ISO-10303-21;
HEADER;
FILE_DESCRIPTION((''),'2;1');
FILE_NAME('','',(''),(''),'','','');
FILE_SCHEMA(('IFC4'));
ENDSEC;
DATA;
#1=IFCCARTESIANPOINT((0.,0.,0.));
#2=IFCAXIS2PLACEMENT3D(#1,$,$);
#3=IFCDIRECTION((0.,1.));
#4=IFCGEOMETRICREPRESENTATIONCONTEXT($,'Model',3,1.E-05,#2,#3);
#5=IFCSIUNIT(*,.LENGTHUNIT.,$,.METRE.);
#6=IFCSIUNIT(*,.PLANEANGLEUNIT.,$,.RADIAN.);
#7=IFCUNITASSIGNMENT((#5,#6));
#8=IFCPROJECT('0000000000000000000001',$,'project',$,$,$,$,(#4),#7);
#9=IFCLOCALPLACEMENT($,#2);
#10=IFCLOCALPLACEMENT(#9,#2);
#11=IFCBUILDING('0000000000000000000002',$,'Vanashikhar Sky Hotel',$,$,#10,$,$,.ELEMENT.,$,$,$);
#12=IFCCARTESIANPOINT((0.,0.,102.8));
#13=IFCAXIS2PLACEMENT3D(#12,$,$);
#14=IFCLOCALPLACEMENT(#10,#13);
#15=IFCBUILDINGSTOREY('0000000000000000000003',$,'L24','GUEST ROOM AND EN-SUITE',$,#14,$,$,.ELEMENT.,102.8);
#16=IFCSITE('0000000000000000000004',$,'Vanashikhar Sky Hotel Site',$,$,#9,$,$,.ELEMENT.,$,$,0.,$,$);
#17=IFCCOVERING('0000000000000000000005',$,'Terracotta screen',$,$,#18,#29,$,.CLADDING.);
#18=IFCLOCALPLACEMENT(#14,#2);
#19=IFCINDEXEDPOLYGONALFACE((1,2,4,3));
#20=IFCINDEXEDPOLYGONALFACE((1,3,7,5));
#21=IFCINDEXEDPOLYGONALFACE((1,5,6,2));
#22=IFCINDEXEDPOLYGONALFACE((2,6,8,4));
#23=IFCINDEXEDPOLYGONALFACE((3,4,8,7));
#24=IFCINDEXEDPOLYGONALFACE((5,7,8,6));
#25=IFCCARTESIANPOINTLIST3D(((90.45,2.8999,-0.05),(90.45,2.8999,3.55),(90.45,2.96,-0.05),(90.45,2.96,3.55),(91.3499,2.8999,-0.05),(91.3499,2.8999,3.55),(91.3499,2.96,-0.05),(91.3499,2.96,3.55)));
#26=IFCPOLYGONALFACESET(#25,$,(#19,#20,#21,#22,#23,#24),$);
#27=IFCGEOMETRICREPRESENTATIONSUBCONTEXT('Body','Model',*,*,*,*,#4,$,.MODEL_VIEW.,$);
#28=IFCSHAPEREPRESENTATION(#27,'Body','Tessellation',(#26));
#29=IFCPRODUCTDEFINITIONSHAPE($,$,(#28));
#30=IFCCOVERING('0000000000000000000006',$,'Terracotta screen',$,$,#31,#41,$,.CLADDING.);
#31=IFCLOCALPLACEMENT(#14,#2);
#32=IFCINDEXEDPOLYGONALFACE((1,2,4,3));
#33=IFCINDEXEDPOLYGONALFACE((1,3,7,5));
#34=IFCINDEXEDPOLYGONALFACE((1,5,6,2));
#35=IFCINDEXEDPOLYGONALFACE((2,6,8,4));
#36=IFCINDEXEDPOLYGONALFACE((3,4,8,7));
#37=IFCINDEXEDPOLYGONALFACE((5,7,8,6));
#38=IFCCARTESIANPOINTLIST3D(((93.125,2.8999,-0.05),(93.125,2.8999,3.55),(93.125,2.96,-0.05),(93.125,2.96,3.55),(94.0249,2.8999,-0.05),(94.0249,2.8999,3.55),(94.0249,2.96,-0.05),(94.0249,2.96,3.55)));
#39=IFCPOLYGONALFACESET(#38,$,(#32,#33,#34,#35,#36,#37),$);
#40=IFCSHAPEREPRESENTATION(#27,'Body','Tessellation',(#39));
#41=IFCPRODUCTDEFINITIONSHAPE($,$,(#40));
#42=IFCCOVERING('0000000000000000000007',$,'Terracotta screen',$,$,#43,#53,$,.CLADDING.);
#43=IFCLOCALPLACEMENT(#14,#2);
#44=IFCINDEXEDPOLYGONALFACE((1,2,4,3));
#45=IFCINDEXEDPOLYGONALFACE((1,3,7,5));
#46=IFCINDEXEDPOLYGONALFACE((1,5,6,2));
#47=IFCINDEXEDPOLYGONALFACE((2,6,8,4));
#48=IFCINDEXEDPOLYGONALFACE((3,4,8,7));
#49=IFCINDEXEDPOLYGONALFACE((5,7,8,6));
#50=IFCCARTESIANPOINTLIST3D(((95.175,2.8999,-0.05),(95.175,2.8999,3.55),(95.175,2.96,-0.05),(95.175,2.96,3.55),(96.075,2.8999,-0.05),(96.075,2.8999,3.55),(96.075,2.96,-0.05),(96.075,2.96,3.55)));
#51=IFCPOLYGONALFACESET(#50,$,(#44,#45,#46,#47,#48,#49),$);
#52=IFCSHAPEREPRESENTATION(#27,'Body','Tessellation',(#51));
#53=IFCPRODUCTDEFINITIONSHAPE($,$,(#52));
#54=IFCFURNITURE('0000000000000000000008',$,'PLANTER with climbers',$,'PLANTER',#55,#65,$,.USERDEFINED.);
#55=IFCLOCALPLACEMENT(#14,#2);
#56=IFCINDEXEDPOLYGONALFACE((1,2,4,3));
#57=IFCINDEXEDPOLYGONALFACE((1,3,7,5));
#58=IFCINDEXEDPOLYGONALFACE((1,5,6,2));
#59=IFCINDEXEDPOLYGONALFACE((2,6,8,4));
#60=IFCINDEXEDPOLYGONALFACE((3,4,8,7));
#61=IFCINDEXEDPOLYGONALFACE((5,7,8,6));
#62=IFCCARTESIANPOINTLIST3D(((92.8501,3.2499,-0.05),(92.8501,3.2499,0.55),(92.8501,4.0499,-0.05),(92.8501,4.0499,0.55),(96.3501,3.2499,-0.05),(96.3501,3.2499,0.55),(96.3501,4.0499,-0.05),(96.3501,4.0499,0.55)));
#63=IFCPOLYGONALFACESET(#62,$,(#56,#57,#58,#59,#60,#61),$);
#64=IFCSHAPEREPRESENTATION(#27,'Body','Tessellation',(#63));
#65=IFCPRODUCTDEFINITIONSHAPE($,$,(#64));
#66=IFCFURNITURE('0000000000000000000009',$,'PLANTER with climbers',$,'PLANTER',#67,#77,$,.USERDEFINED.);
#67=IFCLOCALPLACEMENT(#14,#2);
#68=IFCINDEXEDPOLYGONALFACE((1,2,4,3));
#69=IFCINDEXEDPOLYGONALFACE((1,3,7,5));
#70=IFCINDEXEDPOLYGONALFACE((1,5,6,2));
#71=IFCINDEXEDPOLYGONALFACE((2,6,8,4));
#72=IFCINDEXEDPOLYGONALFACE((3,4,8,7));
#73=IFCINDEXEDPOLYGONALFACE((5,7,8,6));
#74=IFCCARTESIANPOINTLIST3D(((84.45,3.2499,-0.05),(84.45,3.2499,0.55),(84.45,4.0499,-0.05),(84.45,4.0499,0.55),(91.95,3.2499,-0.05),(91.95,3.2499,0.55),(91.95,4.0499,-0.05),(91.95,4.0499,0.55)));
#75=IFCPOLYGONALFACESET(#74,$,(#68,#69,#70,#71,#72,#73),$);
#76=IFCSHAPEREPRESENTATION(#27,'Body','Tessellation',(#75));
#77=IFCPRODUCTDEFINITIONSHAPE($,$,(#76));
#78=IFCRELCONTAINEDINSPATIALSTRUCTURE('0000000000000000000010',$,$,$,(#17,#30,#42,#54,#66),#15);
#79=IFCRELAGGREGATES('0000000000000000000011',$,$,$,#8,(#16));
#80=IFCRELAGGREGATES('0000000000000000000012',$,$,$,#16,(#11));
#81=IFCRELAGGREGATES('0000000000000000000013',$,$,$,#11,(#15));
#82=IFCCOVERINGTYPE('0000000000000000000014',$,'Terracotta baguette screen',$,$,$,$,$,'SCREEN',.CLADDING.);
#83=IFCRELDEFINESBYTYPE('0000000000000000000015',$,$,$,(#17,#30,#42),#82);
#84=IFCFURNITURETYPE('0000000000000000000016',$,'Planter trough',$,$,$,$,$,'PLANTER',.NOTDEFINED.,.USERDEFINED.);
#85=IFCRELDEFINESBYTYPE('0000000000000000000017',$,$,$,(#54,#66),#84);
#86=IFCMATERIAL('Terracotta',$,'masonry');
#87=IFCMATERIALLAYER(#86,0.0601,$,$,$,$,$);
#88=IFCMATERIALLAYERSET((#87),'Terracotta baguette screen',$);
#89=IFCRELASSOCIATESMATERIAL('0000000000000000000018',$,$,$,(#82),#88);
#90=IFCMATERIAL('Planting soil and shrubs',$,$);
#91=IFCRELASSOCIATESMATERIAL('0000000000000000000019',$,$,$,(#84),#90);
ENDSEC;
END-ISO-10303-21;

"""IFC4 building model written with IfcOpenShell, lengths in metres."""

from ifc_helpers import new_model, si_unit, direction, frame, origin, origin_2d, place, context, subcontext, project, spatial, rectangle, extrude, source, transform, mapped, material, layer, layer_set, type_object, element, save


model = new_model("IFC4")

# Units and contexts
model_context = context("Model", 3, precision=1e-05, world=origin(), true_north=direction((0.0, 1.0)))
body_context = subcontext(model_context, "Body", "Model", "MODEL_VIEW")
ifc_project = project(units=[si_unit("LENGTHUNIT", "METRE"), si_unit("PLANEANGLEUNIT", "RADIAN")], contexts=[model_context])

# Site, building, storey
site_placement = place(None, origin())
site = spatial("IfcSite", under=ifc_project, at=site_placement, Name="Vanashikhar Sky Hotel Site", CompositionType="ELEMENT", RefElevation=0.0)
building_placement = place(site_placement, origin())
building = spatial("IfcBuilding", under=site, at=building_placement, Name="Vanashikhar Sky Hotel", CompositionType="ELEMENT")
storey_placement = place(building_placement, frame((0.0, 0.0, 102.8)))
storey = spatial("IfcBuildingStorey", under=building, at=storey_placement, Name="L24", Description="GUEST ROOM AND EN-SUITE", CompositionType="ELEMENT", Elevation=102.8)

# Coverings
ifc_material_1 = material(Name="Terracotta", Category="masonry")
ifc_layer_1 = layer(ifc_material_1, 0.0601)
ifc_layer_set_1 = layer_set([ifc_layer_1], Name="Terracotta baguette screen")
covering_type = type_object("IfcCoveringType", Name="Terracotta baguette screen", ElementType="SCREEN", PredefinedType="CLADDING", material=ifc_layer_set_1)
shared_shape_1 = source(origin(), body_context, "Body", "SweptSolid", [
    extrude(rectangle(XDim=0.8999, YDim=0.0601, at=origin_2d()), origin(), (0.0, 0.0, 1.0), 3.6001),
])
for number, where, z_axis, x_axis, name in (
    (1, (90.8999, 2.9299, -0.05), (0.0, 0.0, 1.0), (1.0, 0.0, 0.0), "Terracotta screen"),
    (2, (93.575, 2.9299, -0.05), (0.0, 0.0, 1.0), (1.0, 0.0, 0.0), "Terracotta screen"),
    (3, (95.625, 2.9299, -0.05), (0.0, 0.0, 1.0), (1.0, 0.0, 0.0), "Terracotta screen"),
):
    element("IfcCovering", number, at=place(storey_placement, frame(where, z_axis=z_axis, x_axis=x_axis)), inside=storey, type_object=covering_type, Name=name, PredefinedType="CLADDING", context=body_context, shape_type="MappedRepresentation", body=[
        mapped(shared_shape_1, transform((0.0, 0.0, 0.0), scale=1.0)),
    ])

# Furniture
ifc_material_2 = material(Name="Planting soil and shrubs")
furniture_type = type_object("IfcFurnitureType", Name="Planter trough", ElementType="PLANTER", AssemblyPlace="NOTDEFINED", PredefinedType="USERDEFINED", material=ifc_material_2)
shared_shape_2 = source(origin(), body_context, "Body", "SweptSolid", [
    extrude(rectangle(XDim=3.5, YDim=0.8, at=origin_2d()), origin(), (0.0, 0.0, 1.0), 0.6001),
])
furniture_1_placement = place(storey_placement, frame((94.6001, 3.6499, -0.05), z_axis=(0.0, 0.0, 1.0), x_axis=(1.0, 0.0, 0.0)))
element("IfcFurniture", 4, at=furniture_1_placement, inside=storey, type_object=furniture_type, Name="PLANTER with climbers", ObjectType="PLANTER", PredefinedType="USERDEFINED", context=body_context, shape_type="MappedRepresentation", body=[
    mapped(shared_shape_2, transform((0.0, 0.0, 0.0), scale=1.0)),
])
shared_shape_3 = source(origin(), body_context, "Body", "SweptSolid", [
    extrude(rectangle(XDim=7.5, YDim=0.8, at=origin_2d()), origin(), (0.0, 0.0, 1.0), 0.6001),
])
furniture_2_placement = place(storey_placement, frame((88.2, 3.6499, -0.05), z_axis=(0.0, 0.0, 1.0), x_axis=(1.0, 0.0, 0.0)))
element("IfcFurniture", 5, at=furniture_2_placement, inside=storey, type_object=furniture_type, Name="PLANTER with climbers", ObjectType="PLANTER", PredefinedType="USERDEFINED", context=body_context, shape_type="MappedRepresentation", body=[
    mapped(shared_shape_3, transform((0.0, 0.0, 0.0), scale=1.0)),
])

save(model, "model.ifc")
